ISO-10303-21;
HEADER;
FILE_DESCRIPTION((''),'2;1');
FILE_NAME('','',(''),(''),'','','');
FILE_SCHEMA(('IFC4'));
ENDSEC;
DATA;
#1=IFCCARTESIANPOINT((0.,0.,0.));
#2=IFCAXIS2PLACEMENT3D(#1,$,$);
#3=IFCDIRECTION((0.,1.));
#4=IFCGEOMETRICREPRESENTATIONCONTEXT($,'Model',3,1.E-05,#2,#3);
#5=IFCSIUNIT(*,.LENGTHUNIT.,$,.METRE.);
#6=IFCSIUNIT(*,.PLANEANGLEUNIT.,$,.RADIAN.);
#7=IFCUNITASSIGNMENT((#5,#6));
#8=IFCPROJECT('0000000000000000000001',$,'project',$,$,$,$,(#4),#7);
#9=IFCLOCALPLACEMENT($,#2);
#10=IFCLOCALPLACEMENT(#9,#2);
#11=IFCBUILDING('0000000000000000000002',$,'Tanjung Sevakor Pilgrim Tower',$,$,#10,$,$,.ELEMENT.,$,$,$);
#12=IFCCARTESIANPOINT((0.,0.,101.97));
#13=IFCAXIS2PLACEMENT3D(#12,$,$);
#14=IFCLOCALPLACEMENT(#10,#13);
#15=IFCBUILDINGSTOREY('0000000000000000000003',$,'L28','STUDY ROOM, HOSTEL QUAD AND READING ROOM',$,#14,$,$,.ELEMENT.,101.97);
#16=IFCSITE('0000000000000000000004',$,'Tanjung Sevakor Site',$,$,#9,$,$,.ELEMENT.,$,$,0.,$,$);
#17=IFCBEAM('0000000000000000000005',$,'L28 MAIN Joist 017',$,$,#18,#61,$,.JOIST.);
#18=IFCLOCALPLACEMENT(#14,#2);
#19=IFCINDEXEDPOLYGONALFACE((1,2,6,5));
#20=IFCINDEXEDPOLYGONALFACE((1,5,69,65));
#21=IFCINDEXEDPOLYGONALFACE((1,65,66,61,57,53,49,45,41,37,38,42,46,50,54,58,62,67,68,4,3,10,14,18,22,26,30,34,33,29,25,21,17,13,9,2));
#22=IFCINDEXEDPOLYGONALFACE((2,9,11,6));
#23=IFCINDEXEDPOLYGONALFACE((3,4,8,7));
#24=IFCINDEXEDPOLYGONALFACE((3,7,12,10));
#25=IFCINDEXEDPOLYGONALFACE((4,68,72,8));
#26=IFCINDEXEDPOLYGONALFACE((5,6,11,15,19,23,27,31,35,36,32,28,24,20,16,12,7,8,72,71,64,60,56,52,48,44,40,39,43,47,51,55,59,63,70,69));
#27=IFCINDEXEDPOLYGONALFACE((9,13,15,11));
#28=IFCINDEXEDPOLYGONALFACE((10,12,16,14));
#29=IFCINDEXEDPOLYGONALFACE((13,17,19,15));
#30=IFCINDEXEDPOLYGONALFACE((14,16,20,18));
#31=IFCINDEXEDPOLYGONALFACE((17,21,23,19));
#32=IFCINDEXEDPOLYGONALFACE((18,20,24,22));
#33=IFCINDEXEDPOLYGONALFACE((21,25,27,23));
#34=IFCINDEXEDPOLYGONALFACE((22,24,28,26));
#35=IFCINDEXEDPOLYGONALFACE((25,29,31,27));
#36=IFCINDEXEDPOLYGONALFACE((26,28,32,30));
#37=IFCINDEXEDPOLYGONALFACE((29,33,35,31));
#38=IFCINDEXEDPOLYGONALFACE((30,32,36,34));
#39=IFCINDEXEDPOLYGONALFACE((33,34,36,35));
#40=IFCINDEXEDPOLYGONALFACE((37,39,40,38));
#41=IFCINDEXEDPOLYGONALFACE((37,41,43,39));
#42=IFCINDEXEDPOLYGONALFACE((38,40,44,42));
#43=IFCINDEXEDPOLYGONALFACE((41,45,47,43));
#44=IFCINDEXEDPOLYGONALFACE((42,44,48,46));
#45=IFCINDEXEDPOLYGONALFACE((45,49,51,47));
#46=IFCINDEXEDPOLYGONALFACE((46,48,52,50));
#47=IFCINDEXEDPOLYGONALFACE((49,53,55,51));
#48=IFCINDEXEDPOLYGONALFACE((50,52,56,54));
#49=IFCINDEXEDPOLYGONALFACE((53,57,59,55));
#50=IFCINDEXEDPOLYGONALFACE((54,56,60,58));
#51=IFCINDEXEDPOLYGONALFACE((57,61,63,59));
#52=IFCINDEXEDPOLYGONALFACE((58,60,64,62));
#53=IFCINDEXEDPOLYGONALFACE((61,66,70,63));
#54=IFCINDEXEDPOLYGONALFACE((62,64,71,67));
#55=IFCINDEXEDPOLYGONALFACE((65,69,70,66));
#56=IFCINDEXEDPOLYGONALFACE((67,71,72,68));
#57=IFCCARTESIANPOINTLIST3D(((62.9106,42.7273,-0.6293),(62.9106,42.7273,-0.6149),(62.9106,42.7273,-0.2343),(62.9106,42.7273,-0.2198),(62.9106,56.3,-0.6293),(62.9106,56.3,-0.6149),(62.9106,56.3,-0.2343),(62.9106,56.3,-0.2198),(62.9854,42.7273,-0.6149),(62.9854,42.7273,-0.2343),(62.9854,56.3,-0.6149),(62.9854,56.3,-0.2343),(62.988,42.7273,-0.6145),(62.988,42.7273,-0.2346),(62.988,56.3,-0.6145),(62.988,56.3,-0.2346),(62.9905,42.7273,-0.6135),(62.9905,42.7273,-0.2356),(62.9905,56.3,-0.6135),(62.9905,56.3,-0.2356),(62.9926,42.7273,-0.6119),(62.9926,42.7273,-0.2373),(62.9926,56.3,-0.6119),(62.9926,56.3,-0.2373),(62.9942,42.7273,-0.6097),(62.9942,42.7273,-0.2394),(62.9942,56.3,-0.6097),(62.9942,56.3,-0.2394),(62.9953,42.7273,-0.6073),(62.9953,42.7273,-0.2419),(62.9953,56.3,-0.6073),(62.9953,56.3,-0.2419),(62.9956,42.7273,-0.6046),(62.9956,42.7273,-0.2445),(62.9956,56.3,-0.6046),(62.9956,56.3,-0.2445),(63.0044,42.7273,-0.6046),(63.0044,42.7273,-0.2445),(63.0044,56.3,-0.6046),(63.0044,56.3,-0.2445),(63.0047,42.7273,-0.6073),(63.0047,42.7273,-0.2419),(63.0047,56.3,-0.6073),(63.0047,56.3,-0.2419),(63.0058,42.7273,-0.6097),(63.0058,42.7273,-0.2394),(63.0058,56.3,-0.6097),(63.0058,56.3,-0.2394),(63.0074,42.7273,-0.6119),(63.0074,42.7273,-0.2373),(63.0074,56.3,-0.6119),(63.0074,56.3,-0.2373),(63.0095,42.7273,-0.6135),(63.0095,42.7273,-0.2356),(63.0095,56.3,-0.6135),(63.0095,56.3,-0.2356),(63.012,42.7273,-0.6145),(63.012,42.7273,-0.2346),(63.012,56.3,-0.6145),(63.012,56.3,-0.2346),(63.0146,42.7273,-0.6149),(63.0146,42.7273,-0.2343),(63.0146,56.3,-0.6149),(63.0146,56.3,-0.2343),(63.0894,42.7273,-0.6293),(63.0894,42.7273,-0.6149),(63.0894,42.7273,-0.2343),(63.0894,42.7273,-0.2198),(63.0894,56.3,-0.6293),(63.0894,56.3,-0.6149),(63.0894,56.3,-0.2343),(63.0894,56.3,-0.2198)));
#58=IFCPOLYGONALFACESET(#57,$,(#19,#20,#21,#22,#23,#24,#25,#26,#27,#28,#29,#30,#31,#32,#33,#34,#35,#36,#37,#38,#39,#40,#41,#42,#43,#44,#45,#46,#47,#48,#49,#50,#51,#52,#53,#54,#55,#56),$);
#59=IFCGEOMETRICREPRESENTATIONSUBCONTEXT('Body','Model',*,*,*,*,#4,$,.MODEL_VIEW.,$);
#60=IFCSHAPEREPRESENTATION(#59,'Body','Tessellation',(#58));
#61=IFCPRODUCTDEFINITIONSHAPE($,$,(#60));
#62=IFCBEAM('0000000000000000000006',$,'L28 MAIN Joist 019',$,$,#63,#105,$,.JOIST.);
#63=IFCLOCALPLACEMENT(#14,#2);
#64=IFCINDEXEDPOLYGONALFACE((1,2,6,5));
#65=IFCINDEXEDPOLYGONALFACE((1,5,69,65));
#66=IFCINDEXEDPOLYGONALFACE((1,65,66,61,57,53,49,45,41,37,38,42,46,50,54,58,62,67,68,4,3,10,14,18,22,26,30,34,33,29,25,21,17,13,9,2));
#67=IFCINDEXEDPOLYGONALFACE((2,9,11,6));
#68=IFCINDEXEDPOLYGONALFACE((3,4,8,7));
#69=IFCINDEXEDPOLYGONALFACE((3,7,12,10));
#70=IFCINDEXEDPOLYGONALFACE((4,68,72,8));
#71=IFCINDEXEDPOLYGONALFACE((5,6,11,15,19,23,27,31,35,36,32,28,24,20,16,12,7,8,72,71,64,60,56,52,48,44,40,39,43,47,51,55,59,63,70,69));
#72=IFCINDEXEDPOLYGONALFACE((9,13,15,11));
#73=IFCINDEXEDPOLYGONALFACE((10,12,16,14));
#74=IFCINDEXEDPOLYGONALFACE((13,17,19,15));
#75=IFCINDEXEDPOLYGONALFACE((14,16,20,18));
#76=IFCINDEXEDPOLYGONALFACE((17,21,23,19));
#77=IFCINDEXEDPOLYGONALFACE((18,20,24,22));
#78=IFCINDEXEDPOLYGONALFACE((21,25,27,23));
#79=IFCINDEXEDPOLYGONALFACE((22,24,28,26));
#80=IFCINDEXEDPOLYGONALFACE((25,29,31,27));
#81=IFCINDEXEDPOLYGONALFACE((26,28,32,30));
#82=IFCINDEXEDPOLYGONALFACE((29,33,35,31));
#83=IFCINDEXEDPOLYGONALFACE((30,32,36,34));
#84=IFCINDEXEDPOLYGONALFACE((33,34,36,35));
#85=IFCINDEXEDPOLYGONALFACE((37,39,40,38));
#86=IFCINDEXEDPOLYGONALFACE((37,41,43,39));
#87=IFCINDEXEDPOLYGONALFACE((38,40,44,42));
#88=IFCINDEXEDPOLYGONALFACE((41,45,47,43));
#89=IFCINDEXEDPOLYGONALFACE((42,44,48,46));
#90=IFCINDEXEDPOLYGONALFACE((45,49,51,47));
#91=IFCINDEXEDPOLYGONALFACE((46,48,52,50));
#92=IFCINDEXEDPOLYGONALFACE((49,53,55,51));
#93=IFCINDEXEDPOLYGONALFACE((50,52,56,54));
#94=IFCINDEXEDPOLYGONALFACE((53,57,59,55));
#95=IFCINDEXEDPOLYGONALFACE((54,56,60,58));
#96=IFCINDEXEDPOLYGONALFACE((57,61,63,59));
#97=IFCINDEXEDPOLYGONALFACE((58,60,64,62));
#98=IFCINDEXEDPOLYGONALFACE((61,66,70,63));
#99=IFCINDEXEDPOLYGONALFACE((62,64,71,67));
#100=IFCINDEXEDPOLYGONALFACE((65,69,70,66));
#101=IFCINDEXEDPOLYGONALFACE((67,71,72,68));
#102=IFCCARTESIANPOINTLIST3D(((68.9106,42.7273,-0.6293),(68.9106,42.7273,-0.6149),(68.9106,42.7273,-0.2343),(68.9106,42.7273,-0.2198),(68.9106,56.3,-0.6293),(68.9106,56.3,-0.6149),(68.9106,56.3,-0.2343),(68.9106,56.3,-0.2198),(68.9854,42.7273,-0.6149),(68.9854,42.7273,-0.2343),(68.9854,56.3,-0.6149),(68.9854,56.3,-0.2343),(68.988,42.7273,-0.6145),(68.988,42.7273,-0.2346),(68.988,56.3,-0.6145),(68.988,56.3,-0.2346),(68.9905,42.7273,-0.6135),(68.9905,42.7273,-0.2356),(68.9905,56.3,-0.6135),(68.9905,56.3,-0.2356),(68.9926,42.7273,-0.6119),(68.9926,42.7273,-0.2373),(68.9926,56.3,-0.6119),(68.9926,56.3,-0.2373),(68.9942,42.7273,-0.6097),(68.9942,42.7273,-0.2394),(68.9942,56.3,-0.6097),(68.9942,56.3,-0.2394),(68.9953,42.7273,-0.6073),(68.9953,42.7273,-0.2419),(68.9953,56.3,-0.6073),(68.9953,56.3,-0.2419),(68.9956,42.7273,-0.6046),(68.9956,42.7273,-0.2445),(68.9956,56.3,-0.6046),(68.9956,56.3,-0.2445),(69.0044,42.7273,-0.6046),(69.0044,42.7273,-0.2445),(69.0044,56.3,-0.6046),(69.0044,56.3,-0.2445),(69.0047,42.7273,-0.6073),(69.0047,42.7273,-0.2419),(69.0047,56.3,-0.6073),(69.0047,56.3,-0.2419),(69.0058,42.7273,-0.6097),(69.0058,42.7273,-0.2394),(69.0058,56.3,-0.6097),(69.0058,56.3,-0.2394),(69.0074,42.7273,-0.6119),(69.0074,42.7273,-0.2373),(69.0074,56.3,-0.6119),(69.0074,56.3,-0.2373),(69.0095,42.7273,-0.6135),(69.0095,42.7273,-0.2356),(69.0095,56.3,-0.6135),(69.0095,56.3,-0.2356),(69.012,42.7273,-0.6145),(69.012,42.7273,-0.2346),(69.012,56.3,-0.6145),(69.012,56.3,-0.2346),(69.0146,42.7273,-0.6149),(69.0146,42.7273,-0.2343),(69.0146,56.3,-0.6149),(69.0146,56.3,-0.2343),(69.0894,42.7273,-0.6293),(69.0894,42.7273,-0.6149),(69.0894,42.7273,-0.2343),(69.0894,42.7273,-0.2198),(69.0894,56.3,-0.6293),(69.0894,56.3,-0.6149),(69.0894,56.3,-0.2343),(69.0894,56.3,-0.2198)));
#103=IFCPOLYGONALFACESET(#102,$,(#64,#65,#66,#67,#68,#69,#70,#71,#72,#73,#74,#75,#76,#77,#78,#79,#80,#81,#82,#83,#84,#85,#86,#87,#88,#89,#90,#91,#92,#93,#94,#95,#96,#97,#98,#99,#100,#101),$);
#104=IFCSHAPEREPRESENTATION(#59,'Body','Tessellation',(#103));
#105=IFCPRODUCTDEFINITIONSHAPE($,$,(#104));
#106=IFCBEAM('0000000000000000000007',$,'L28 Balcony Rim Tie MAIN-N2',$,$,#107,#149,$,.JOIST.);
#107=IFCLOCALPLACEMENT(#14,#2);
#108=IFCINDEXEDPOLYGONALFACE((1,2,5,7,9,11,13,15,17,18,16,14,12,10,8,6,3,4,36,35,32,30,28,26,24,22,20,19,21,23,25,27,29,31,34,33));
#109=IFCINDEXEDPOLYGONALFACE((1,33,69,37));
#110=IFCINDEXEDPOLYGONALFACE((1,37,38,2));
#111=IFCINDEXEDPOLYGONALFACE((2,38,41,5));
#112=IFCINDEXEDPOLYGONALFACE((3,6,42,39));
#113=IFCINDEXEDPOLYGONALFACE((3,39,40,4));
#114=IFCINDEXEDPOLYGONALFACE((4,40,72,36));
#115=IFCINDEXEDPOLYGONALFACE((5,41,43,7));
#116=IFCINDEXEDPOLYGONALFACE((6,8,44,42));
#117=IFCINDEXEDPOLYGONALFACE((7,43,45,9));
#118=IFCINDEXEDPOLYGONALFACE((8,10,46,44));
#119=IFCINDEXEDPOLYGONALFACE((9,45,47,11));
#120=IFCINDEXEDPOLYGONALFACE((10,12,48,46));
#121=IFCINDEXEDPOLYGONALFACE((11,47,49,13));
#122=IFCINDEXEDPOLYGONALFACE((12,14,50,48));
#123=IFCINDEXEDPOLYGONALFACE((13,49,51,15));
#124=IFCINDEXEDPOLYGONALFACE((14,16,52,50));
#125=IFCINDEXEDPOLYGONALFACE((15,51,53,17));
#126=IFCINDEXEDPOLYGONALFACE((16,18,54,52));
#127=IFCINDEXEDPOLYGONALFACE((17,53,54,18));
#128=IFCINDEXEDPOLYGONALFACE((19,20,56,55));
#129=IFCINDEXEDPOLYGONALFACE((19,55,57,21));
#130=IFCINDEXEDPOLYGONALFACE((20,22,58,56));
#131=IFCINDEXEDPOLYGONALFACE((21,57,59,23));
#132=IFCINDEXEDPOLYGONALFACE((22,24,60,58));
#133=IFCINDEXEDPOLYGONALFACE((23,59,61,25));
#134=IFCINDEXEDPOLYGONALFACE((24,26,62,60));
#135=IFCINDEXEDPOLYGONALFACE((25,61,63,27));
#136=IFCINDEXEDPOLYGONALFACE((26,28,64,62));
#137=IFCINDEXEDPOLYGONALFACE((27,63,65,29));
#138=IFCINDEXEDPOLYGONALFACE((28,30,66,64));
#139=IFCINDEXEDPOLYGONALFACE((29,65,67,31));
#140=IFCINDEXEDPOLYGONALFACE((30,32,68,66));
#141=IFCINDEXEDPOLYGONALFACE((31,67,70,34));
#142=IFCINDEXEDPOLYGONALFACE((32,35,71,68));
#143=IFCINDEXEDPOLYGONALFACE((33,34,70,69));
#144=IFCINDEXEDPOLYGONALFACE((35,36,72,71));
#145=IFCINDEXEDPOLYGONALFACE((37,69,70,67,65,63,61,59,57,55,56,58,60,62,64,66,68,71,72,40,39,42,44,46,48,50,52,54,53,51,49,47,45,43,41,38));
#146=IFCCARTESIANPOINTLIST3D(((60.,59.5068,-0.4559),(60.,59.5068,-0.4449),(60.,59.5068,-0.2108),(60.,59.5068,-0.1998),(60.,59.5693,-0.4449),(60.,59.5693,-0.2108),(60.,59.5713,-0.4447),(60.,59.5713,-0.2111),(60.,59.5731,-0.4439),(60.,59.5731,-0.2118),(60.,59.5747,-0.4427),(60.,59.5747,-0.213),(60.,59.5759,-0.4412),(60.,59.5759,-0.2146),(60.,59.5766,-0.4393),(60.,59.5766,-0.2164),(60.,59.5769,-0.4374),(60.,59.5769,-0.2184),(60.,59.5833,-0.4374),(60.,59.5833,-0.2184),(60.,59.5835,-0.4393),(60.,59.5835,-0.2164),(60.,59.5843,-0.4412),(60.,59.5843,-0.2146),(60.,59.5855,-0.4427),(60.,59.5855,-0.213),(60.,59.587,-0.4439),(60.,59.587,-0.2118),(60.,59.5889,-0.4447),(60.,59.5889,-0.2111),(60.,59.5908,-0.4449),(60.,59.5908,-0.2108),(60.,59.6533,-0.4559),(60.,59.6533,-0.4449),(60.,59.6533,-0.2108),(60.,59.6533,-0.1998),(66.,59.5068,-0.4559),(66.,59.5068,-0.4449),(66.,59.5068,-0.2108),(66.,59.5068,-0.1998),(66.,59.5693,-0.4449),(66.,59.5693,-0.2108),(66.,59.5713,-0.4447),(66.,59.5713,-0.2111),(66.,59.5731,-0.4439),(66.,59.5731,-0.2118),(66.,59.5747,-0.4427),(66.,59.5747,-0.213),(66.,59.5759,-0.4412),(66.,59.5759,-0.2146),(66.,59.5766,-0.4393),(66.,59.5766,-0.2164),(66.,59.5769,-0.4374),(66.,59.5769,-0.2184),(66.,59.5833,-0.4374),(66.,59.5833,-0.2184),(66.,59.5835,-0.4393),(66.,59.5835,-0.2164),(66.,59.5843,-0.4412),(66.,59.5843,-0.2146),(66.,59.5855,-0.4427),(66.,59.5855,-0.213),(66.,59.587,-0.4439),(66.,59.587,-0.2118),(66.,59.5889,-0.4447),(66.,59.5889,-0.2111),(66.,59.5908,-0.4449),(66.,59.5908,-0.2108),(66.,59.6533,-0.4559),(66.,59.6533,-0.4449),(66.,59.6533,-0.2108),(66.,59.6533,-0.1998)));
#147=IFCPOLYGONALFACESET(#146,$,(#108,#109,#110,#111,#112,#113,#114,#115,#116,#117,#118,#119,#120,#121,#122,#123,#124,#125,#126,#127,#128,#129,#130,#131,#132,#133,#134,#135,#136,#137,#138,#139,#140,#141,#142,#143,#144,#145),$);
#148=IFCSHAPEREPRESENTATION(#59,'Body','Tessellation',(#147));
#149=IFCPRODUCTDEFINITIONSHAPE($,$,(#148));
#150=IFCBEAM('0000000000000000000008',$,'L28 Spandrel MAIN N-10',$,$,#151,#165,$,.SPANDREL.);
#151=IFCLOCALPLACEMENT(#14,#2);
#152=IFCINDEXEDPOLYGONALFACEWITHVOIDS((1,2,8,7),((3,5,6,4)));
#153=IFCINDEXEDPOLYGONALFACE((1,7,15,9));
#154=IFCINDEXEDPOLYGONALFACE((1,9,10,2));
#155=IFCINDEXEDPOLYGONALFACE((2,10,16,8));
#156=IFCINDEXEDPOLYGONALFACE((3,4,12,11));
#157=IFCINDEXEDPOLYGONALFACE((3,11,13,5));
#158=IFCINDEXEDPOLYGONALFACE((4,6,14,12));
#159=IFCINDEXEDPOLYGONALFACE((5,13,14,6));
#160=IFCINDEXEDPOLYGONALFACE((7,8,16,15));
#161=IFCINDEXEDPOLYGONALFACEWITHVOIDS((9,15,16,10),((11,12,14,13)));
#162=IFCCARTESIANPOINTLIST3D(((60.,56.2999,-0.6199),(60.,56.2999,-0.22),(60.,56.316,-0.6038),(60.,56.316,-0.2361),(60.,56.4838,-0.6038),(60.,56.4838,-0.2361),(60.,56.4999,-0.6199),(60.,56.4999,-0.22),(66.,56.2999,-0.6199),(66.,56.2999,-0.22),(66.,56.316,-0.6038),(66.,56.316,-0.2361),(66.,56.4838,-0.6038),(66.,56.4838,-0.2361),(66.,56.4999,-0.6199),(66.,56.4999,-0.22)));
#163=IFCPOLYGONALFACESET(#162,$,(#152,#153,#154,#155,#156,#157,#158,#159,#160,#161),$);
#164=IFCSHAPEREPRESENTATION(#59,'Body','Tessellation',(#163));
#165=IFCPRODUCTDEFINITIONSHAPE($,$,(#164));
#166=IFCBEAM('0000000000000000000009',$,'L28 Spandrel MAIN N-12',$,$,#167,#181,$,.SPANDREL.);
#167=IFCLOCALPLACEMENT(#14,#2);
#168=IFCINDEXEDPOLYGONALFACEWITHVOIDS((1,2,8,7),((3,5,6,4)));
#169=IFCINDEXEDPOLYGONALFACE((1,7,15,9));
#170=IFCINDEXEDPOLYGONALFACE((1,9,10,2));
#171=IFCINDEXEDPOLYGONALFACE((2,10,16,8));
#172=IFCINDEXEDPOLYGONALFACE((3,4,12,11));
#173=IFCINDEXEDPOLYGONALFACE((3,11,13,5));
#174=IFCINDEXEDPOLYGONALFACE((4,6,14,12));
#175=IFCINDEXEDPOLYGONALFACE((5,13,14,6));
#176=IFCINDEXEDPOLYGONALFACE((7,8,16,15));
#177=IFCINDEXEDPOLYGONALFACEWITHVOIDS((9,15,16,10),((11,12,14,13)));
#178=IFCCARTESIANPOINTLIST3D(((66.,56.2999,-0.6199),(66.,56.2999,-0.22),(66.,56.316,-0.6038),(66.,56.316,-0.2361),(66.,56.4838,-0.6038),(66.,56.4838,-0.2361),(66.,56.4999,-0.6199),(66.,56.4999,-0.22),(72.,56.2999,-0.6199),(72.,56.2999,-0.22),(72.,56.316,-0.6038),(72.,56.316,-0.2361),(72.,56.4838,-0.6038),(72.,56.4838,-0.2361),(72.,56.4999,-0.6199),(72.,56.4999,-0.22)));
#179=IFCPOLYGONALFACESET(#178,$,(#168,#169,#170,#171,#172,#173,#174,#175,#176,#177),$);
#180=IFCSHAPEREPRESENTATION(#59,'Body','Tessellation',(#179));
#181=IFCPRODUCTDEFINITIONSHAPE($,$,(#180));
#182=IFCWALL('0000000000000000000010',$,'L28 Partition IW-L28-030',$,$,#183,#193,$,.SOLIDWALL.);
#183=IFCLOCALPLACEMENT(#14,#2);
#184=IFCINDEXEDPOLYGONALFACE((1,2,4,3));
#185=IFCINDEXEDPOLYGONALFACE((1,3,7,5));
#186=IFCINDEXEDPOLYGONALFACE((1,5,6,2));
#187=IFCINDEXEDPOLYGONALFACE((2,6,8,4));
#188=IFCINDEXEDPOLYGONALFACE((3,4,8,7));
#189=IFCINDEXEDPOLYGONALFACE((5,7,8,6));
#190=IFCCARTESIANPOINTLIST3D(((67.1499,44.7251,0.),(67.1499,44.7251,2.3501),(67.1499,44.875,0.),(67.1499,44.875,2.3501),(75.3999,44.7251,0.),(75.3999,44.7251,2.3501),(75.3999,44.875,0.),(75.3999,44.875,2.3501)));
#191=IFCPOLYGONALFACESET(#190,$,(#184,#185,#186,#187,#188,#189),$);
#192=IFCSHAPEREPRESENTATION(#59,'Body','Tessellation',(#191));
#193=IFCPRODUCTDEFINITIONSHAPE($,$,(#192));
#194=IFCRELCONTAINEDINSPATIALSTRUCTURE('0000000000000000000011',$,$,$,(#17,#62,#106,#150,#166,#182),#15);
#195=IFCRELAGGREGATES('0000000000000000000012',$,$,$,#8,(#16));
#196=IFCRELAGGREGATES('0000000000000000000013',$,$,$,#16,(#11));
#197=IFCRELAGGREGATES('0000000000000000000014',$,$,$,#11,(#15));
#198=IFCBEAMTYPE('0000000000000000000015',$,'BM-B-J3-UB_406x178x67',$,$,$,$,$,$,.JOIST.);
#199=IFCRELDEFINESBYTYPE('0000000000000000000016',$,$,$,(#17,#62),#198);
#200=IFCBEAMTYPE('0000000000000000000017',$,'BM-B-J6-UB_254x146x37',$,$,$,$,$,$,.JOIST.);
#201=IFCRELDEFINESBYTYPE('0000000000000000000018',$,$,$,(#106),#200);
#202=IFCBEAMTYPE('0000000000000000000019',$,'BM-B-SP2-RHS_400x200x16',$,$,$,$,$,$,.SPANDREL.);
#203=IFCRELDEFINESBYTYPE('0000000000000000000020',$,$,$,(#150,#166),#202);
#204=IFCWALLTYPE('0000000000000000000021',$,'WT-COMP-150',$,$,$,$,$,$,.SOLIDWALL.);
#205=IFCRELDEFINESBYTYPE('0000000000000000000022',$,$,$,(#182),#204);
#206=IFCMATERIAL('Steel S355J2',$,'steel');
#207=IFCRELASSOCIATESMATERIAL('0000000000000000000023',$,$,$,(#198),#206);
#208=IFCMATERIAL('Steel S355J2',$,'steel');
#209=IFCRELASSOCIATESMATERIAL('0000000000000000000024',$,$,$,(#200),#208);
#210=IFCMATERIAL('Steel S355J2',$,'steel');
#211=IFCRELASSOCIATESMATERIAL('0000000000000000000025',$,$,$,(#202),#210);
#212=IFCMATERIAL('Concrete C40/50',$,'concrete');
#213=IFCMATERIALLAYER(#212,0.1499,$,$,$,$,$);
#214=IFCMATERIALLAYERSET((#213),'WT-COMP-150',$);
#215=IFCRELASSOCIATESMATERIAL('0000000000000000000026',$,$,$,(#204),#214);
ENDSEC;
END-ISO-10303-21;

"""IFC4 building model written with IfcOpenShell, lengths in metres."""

from ifc_helpers import new_model, si_unit, direction, frame, frame_2d, origin, origin_2d, place, context, subcontext, project, spatial, rectangle, hollow_rectangle, i_section, extrude, material, layer, layer_set, material_profile, profile_set, type_object, element, save


model = new_model("IFC4")

# Units and contexts
model_context = context("Model", 3, precision=1e-05, world=origin(), true_north=direction((0.0, 1.0)))
body_context = subcontext(model_context, "Body", "Model", "MODEL_VIEW")
ifc_project = project(units=[si_unit("LENGTHUNIT", "METRE"), si_unit("PLANEANGLEUNIT", "RADIAN")], contexts=[model_context])

# Site, building, storey
site_placement = place(None, origin())
site = spatial("IfcSite", under=ifc_project, at=site_placement, Name="Tanjung Sevakor Site", CompositionType="ELEMENT", RefElevation=0.0)
building_placement = place(site_placement, origin())
building = spatial("IfcBuilding", under=site, at=building_placement, Name="Tanjung Sevakor Pilgrim Tower", CompositionType="ELEMENT")
storey_placement = place(building_placement, frame((0.0, 0.0, 101.97)))
storey = spatial("IfcBuildingStorey", under=building, at=storey_placement, Name="L28", Description="STUDY ROOM, HOSTEL QUAD AND READING ROOM", CompositionType="ELEMENT", Elevation=101.97)

# Beams
ifc_material_1 = material(Name="Steel S355J2", Category="steel")
ifc_material_profile_1 = material_profile(ifc_material_1, i_section(OverallWidth=0.1787, OverallDepth=0.4094, WebThickness=0.0088, FlangeThickness=0.0144, FilletRadius=0.0103, at=origin_2d()))
ifc_profile_set_1 = profile_set([ifc_material_profile_1], Name="Steel S355J2")
beam_type_1 = type_object("IfcBeamType", Name="BM-B-J3-UB_406x178x67", PredefinedType="JOIST", material=ifc_profile_set_1)
for number, where, z_axis, x_axis, name in (
    (1, (63.0, 42.7273, -0.4246), (0.0, 1.0, 0.0), (-1.0, 0.0, 0.0), "L28 MAIN Joist 017"),
    (2, (69.0, 42.7273, -0.4246), (0.0, 1.0, 0.0), (-1.0, 0.0, 0.0), "L28 MAIN Joist 019"),
):
    element("IfcBeam", number, at=place(storey_placement, frame(where, z_axis=z_axis, x_axis=x_axis)), inside=storey, type_object=beam_type_1, Name=name, PredefinedType="JOIST", context=body_context, shape_type="SweptSolid", body=[
        extrude(i_section(OverallWidth=0.1787, OverallDepth=0.4094, WebThickness=0.0088, FlangeThickness=0.0144, FilletRadius=0.0103, at=origin_2d()), origin(), (0.0, 0.0, 1.0), 13.5728),
    ])
ifc_material_2 = material(Name="Steel S355J2", Category="steel")
ifc_material_profile_2 = material_profile(ifc_material_2, i_section(OverallWidth=0.1465, OverallDepth=0.2561, WebThickness=0.0063, FlangeThickness=0.011, FilletRadius=0.0076, at=origin_2d()))
ifc_profile_set_2 = profile_set([ifc_material_profile_2], Name="Steel S355J2")
beam_type_2 = type_object("IfcBeamType", Name="BM-B-J6-UB_254x146x37", PredefinedType="JOIST", material=ifc_profile_set_2)
beam_1_placement = place(storey_placement, frame((60.0, 59.5801, -0.3279), z_axis=(1.0, 0.0, 0.0), x_axis=(0.0, 1.0, 0.0)))
element("IfcBeam", 3, at=beam_1_placement, inside=storey, type_object=beam_type_2, Name="L28 Balcony Rim Tie MAIN-N2", PredefinedType="JOIST", context=body_context, shape_type="SweptSolid", body=[
    extrude(i_section(OverallWidth=0.1465, OverallDepth=0.2561, WebThickness=0.0063, FlangeThickness=0.011, FilletRadius=0.0076, at=origin_2d()), origin(), (0.0, 0.0, 1.0), 6.0),
])
ifc_material_3 = material(Name="Steel S355J2", Category="steel")
ifc_material_profile_3 = material_profile(ifc_material_3, hollow_rectangle(XDim=0.2, YDim=0.3999, WallThickness=0.0161, at=origin_2d()))
ifc_profile_set_3 = profile_set([ifc_material_profile_3], Name="Steel S355J2")
beam_type_3 = type_object("IfcBeamType", Name="BM-B-SP2-RHS_400x200x16", PredefinedType="SPANDREL", material=ifc_profile_set_3)
for number, where, z_axis, x_axis, name in (
    (4, (60.0, 56.3999, -0.4199), (1.0, 0.0, 0.0), (0.0, 1.0, 0.0), "L28 Spandrel MAIN N-10"),
    (5, (66.0, 56.3999, -0.4199), (1.0, 0.0, 0.0), (0.0, 1.0, 0.0), "L28 Spandrel MAIN N-12"),
):
    element("IfcBeam", number, at=place(storey_placement, frame(where, z_axis=z_axis, x_axis=x_axis)), inside=storey, type_object=beam_type_3, Name=name, PredefinedType="SPANDREL", context=body_context, shape_type="SweptSolid", body=[
        extrude(hollow_rectangle(XDim=0.2, YDim=0.3999, WallThickness=0.0161, at=origin_2d()), origin(), (0.0, 0.0, 1.0), 6.0),
    ])

# Wall
ifc_material_4 = material(Name="Concrete C40/50", Category="concrete")
ifc_layer_1 = layer(ifc_material_4, 0.1499)
ifc_layer_set_1 = layer_set([ifc_layer_1], Name="WT-COMP-150")
wall_type_1 = type_object("IfcWallType", Name="WT-COMP-150", PredefinedType="SOLIDWALL", material=ifc_layer_set_1)
wall_1_placement = place(storey_placement, frame((67.1499, 44.8, 0.0), z_axis=(0.0, 0.0, 1.0), x_axis=(1.0, 0.0, 0.0)))
element("IfcWall", 6, at=wall_1_placement, inside=storey, type_object=wall_type_1, Name="L28 Partition IW-L28-030", PredefinedType="SOLIDWALL", context=body_context, shape_type="SweptSolid", body=[
    extrude(rectangle(XDim=8.25, YDim=0.1499, at=frame_2d((4.125, 0.0))), origin(), (0.0, 0.0, 1.0), 2.3501),
])

save(model, "model.ifc")
